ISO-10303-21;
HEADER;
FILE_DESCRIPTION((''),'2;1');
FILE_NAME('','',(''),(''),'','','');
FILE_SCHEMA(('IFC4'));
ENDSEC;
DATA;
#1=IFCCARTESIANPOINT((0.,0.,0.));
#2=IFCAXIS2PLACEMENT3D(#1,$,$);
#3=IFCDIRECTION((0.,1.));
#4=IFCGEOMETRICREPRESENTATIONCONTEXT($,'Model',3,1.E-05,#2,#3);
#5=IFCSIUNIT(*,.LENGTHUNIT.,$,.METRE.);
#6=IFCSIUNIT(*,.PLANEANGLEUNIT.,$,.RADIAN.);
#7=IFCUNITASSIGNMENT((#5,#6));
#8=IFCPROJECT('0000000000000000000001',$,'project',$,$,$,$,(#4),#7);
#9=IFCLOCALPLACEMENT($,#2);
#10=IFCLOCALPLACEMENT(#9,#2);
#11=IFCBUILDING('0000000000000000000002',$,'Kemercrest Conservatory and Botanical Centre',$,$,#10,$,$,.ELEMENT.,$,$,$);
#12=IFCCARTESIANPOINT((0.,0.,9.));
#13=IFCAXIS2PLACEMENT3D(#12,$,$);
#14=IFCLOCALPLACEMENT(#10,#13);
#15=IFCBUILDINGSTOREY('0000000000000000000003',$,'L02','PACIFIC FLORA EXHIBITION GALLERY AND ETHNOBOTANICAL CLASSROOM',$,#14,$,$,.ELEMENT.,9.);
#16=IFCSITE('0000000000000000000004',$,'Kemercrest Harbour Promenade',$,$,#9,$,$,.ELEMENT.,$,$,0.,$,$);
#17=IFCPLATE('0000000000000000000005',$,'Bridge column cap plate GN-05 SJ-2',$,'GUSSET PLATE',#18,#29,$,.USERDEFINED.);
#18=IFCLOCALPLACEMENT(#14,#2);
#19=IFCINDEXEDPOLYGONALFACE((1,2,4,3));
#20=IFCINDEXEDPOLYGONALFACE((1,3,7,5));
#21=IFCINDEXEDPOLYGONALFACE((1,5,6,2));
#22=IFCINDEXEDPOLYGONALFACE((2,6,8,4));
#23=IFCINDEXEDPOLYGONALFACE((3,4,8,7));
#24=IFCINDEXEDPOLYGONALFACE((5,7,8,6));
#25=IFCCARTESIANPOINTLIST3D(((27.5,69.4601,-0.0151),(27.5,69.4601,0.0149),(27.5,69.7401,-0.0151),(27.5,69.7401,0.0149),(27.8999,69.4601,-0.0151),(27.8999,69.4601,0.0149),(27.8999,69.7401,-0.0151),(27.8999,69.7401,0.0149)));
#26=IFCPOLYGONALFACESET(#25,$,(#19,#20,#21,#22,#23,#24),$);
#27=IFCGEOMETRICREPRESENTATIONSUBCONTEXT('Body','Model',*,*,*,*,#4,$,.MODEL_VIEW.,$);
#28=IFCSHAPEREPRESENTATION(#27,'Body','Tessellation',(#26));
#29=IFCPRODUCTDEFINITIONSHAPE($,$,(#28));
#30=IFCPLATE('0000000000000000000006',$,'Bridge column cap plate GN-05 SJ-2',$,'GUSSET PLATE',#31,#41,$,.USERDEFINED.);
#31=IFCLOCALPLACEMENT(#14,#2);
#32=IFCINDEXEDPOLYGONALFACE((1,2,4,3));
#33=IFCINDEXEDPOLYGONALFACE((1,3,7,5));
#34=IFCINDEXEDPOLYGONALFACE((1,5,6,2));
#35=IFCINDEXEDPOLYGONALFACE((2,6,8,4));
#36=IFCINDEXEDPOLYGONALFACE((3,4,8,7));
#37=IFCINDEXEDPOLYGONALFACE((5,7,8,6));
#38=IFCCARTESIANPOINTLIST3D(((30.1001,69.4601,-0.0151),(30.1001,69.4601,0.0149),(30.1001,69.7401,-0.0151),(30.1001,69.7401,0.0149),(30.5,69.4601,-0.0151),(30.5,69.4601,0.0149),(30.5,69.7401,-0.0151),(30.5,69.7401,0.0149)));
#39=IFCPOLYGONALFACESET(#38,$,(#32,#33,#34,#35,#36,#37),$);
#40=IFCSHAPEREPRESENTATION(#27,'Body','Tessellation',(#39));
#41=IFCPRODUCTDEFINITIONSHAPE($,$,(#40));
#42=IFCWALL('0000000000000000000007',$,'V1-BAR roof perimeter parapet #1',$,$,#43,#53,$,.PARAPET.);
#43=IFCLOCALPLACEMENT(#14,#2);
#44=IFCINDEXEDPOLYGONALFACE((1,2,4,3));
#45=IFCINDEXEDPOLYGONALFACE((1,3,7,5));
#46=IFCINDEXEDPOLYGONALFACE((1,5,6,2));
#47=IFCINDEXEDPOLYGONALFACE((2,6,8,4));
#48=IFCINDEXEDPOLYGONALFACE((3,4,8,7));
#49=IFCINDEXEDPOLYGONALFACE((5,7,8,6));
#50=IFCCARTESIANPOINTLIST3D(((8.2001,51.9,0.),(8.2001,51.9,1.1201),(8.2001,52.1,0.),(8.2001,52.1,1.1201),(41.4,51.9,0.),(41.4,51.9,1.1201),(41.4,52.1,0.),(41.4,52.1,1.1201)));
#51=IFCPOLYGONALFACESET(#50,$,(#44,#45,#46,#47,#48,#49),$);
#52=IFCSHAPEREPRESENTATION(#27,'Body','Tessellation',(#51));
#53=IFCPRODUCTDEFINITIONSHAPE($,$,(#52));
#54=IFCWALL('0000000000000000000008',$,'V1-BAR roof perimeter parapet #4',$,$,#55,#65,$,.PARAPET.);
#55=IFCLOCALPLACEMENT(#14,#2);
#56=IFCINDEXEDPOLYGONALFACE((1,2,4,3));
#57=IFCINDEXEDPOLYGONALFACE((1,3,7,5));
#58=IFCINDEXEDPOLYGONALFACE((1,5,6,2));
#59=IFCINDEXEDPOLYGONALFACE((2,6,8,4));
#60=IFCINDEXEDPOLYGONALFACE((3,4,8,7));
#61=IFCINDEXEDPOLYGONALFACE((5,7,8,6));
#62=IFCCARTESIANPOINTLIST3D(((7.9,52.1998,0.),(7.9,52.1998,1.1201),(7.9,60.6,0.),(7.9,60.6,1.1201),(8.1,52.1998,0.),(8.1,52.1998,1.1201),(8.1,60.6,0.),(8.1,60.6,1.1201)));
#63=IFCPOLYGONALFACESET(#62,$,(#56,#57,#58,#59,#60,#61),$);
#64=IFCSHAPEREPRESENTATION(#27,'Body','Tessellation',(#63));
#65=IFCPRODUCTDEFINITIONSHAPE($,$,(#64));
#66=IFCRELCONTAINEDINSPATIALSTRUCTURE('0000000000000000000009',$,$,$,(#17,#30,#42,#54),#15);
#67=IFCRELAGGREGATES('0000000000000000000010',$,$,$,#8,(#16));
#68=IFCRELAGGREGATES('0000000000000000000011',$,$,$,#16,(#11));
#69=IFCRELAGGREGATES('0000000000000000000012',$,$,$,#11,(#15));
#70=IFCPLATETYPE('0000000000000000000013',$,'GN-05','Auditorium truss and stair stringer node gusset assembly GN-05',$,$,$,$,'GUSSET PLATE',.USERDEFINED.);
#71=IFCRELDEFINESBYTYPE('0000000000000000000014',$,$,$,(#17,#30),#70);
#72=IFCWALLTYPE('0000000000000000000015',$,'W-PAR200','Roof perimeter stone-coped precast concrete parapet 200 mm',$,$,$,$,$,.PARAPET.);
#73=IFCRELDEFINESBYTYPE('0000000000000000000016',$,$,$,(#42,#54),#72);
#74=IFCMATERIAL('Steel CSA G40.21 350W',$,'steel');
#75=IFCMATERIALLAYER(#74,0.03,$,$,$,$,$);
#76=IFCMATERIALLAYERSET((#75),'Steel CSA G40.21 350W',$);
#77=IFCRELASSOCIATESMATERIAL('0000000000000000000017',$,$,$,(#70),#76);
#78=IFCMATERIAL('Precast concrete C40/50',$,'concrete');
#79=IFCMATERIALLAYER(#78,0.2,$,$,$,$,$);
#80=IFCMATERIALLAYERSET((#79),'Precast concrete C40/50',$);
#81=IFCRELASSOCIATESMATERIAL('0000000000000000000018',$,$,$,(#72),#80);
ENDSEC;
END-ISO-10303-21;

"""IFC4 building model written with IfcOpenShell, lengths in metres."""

from ifc_helpers import new_model, si_unit, direction, frame, frame_2d, origin, origin_2d, place, context, subcontext, project, spatial, rectangle, extrude, material, layer, layer_set, type_object, element, save


model = new_model("IFC4")

# Units and contexts
model_context = context("Model", 3, precision=1e-05, world=origin(), true_north=direction((0.0, 1.0)))
body_context = subcontext(model_context, "Body", "Model", "MODEL_VIEW")
ifc_project = project(units=[si_unit("LENGTHUNIT", "METRE"), si_unit("PLANEANGLEUNIT", "RADIAN")], contexts=[model_context])

# Site, building, storey
site_placement = place(None, origin())
site = spatial("IfcSite", under=ifc_project, at=site_placement, Name="Kemercrest Harbour Promenade", CompositionType="ELEMENT", RefElevation=0.0)
building_placement = place(site_placement, origin())
building = spatial("IfcBuilding", under=site, at=building_placement, Name="Kemercrest Conservatory and Botanical Centre", CompositionType="ELEMENT")
storey_placement = place(building_placement, frame((0.0, 0.0, 9.0)))
storey = spatial("IfcBuildingStorey", under=building, at=storey_placement, Name="L02", Description="PACIFIC FLORA EXHIBITION GALLERY AND ETHNOBOTANICAL CLASSROOM", CompositionType="ELEMENT", Elevation=9.0)

# Shared definitions
ifc_material_1 = material(Name="Steel CSA G40.21 350W", Category="steel")

# Plates
ifc_layer_1 = layer(ifc_material_1, 0.03)
ifc_layer_set_1 = layer_set([ifc_layer_1], Name="Steel CSA G40.21 350W")
plate_type_1 = type_object("IfcPlateType", Name="GN-05", Description="Auditorium truss and stair stringer node gusset assembly GN-05", ElementType="GUSSET PLATE", PredefinedType="USERDEFINED", material=ifc_layer_set_1)
for number, where, z_axis, x_axis, name in (
    (1, (27.7, 69.6001, -0.0151), (0.0, 0.0, 1.0), (1.0, 0.0, 0.0), "Bridge column cap plate GN-05 SJ-2"),
    (2, (30.3, 69.6001, -0.0151), (0.0, 0.0, 1.0), (1.0, 0.0, 0.0), "Bridge column cap plate GN-05 SJ-2"),
):
    element("IfcPlate", number, at=place(storey_placement, frame(where, z_axis=z_axis, x_axis=x_axis)), inside=storey, type_object=plate_type_1, Name=name, ObjectType="GUSSET PLATE", PredefinedType="USERDEFINED", context=body_context, shape_type="SweptSolid", body=[
        extrude(rectangle(XDim=0.3999, YDim=0.28, at=origin_2d()), origin(), (0.0, 0.0, 1.0), 0.03),
    ])

# Walls
ifc_material_2 = material(Name="Precast concrete C40/50", Category="concrete")
ifc_layer_2 = layer(ifc_material_2, 0.2)
ifc_layer_set_2 = layer_set([ifc_layer_2], Name="Precast concrete C40/50")
wall_type = type_object("IfcWallType", Name="W-PAR200", Description="Roof perimeter stone-coped precast concrete parapet 200 mm", PredefinedType="PARAPET", material=ifc_layer_set_2)
wall_1_placement = place(storey_placement, frame((8.2, 52.0, 0.0), z_axis=(0.0, 0.0, 1.0), x_axis=(1.0, 0.0, 0.0)))
element("IfcWall", 3, at=wall_1_placement, inside=storey, type_object=wall_type, Name="V1-BAR roof perimeter parapet #1", PredefinedType="PARAPET", context=body_context, shape_type="SweptSolid", body=[
    extrude(rectangle(XDim=33.2, YDim=0.2, at=frame_2d((16.6001, 0.0))), origin(), (0.0, 0.0, 1.0), 1.1201),
])
wall_2_placement = place(storey_placement, frame((8.0, 60.6001, 0.0), z_axis=(0.0, 0.0, 1.0), x_axis=(0.0, -1.0, 0.0)))
element("IfcWall", 4, at=wall_2_placement, inside=storey, type_object=wall_type, Name="V1-BAR roof perimeter parapet #4", PredefinedType="PARAPET", context=body_context, shape_type="SweptSolid", body=[
    extrude(rectangle(XDim=8.4001, YDim=0.2, at=frame_2d((4.2002, 0.0))), origin(), (0.0, 0.0, 1.0), 1.1201),
])

save(model, "model.ifc")
